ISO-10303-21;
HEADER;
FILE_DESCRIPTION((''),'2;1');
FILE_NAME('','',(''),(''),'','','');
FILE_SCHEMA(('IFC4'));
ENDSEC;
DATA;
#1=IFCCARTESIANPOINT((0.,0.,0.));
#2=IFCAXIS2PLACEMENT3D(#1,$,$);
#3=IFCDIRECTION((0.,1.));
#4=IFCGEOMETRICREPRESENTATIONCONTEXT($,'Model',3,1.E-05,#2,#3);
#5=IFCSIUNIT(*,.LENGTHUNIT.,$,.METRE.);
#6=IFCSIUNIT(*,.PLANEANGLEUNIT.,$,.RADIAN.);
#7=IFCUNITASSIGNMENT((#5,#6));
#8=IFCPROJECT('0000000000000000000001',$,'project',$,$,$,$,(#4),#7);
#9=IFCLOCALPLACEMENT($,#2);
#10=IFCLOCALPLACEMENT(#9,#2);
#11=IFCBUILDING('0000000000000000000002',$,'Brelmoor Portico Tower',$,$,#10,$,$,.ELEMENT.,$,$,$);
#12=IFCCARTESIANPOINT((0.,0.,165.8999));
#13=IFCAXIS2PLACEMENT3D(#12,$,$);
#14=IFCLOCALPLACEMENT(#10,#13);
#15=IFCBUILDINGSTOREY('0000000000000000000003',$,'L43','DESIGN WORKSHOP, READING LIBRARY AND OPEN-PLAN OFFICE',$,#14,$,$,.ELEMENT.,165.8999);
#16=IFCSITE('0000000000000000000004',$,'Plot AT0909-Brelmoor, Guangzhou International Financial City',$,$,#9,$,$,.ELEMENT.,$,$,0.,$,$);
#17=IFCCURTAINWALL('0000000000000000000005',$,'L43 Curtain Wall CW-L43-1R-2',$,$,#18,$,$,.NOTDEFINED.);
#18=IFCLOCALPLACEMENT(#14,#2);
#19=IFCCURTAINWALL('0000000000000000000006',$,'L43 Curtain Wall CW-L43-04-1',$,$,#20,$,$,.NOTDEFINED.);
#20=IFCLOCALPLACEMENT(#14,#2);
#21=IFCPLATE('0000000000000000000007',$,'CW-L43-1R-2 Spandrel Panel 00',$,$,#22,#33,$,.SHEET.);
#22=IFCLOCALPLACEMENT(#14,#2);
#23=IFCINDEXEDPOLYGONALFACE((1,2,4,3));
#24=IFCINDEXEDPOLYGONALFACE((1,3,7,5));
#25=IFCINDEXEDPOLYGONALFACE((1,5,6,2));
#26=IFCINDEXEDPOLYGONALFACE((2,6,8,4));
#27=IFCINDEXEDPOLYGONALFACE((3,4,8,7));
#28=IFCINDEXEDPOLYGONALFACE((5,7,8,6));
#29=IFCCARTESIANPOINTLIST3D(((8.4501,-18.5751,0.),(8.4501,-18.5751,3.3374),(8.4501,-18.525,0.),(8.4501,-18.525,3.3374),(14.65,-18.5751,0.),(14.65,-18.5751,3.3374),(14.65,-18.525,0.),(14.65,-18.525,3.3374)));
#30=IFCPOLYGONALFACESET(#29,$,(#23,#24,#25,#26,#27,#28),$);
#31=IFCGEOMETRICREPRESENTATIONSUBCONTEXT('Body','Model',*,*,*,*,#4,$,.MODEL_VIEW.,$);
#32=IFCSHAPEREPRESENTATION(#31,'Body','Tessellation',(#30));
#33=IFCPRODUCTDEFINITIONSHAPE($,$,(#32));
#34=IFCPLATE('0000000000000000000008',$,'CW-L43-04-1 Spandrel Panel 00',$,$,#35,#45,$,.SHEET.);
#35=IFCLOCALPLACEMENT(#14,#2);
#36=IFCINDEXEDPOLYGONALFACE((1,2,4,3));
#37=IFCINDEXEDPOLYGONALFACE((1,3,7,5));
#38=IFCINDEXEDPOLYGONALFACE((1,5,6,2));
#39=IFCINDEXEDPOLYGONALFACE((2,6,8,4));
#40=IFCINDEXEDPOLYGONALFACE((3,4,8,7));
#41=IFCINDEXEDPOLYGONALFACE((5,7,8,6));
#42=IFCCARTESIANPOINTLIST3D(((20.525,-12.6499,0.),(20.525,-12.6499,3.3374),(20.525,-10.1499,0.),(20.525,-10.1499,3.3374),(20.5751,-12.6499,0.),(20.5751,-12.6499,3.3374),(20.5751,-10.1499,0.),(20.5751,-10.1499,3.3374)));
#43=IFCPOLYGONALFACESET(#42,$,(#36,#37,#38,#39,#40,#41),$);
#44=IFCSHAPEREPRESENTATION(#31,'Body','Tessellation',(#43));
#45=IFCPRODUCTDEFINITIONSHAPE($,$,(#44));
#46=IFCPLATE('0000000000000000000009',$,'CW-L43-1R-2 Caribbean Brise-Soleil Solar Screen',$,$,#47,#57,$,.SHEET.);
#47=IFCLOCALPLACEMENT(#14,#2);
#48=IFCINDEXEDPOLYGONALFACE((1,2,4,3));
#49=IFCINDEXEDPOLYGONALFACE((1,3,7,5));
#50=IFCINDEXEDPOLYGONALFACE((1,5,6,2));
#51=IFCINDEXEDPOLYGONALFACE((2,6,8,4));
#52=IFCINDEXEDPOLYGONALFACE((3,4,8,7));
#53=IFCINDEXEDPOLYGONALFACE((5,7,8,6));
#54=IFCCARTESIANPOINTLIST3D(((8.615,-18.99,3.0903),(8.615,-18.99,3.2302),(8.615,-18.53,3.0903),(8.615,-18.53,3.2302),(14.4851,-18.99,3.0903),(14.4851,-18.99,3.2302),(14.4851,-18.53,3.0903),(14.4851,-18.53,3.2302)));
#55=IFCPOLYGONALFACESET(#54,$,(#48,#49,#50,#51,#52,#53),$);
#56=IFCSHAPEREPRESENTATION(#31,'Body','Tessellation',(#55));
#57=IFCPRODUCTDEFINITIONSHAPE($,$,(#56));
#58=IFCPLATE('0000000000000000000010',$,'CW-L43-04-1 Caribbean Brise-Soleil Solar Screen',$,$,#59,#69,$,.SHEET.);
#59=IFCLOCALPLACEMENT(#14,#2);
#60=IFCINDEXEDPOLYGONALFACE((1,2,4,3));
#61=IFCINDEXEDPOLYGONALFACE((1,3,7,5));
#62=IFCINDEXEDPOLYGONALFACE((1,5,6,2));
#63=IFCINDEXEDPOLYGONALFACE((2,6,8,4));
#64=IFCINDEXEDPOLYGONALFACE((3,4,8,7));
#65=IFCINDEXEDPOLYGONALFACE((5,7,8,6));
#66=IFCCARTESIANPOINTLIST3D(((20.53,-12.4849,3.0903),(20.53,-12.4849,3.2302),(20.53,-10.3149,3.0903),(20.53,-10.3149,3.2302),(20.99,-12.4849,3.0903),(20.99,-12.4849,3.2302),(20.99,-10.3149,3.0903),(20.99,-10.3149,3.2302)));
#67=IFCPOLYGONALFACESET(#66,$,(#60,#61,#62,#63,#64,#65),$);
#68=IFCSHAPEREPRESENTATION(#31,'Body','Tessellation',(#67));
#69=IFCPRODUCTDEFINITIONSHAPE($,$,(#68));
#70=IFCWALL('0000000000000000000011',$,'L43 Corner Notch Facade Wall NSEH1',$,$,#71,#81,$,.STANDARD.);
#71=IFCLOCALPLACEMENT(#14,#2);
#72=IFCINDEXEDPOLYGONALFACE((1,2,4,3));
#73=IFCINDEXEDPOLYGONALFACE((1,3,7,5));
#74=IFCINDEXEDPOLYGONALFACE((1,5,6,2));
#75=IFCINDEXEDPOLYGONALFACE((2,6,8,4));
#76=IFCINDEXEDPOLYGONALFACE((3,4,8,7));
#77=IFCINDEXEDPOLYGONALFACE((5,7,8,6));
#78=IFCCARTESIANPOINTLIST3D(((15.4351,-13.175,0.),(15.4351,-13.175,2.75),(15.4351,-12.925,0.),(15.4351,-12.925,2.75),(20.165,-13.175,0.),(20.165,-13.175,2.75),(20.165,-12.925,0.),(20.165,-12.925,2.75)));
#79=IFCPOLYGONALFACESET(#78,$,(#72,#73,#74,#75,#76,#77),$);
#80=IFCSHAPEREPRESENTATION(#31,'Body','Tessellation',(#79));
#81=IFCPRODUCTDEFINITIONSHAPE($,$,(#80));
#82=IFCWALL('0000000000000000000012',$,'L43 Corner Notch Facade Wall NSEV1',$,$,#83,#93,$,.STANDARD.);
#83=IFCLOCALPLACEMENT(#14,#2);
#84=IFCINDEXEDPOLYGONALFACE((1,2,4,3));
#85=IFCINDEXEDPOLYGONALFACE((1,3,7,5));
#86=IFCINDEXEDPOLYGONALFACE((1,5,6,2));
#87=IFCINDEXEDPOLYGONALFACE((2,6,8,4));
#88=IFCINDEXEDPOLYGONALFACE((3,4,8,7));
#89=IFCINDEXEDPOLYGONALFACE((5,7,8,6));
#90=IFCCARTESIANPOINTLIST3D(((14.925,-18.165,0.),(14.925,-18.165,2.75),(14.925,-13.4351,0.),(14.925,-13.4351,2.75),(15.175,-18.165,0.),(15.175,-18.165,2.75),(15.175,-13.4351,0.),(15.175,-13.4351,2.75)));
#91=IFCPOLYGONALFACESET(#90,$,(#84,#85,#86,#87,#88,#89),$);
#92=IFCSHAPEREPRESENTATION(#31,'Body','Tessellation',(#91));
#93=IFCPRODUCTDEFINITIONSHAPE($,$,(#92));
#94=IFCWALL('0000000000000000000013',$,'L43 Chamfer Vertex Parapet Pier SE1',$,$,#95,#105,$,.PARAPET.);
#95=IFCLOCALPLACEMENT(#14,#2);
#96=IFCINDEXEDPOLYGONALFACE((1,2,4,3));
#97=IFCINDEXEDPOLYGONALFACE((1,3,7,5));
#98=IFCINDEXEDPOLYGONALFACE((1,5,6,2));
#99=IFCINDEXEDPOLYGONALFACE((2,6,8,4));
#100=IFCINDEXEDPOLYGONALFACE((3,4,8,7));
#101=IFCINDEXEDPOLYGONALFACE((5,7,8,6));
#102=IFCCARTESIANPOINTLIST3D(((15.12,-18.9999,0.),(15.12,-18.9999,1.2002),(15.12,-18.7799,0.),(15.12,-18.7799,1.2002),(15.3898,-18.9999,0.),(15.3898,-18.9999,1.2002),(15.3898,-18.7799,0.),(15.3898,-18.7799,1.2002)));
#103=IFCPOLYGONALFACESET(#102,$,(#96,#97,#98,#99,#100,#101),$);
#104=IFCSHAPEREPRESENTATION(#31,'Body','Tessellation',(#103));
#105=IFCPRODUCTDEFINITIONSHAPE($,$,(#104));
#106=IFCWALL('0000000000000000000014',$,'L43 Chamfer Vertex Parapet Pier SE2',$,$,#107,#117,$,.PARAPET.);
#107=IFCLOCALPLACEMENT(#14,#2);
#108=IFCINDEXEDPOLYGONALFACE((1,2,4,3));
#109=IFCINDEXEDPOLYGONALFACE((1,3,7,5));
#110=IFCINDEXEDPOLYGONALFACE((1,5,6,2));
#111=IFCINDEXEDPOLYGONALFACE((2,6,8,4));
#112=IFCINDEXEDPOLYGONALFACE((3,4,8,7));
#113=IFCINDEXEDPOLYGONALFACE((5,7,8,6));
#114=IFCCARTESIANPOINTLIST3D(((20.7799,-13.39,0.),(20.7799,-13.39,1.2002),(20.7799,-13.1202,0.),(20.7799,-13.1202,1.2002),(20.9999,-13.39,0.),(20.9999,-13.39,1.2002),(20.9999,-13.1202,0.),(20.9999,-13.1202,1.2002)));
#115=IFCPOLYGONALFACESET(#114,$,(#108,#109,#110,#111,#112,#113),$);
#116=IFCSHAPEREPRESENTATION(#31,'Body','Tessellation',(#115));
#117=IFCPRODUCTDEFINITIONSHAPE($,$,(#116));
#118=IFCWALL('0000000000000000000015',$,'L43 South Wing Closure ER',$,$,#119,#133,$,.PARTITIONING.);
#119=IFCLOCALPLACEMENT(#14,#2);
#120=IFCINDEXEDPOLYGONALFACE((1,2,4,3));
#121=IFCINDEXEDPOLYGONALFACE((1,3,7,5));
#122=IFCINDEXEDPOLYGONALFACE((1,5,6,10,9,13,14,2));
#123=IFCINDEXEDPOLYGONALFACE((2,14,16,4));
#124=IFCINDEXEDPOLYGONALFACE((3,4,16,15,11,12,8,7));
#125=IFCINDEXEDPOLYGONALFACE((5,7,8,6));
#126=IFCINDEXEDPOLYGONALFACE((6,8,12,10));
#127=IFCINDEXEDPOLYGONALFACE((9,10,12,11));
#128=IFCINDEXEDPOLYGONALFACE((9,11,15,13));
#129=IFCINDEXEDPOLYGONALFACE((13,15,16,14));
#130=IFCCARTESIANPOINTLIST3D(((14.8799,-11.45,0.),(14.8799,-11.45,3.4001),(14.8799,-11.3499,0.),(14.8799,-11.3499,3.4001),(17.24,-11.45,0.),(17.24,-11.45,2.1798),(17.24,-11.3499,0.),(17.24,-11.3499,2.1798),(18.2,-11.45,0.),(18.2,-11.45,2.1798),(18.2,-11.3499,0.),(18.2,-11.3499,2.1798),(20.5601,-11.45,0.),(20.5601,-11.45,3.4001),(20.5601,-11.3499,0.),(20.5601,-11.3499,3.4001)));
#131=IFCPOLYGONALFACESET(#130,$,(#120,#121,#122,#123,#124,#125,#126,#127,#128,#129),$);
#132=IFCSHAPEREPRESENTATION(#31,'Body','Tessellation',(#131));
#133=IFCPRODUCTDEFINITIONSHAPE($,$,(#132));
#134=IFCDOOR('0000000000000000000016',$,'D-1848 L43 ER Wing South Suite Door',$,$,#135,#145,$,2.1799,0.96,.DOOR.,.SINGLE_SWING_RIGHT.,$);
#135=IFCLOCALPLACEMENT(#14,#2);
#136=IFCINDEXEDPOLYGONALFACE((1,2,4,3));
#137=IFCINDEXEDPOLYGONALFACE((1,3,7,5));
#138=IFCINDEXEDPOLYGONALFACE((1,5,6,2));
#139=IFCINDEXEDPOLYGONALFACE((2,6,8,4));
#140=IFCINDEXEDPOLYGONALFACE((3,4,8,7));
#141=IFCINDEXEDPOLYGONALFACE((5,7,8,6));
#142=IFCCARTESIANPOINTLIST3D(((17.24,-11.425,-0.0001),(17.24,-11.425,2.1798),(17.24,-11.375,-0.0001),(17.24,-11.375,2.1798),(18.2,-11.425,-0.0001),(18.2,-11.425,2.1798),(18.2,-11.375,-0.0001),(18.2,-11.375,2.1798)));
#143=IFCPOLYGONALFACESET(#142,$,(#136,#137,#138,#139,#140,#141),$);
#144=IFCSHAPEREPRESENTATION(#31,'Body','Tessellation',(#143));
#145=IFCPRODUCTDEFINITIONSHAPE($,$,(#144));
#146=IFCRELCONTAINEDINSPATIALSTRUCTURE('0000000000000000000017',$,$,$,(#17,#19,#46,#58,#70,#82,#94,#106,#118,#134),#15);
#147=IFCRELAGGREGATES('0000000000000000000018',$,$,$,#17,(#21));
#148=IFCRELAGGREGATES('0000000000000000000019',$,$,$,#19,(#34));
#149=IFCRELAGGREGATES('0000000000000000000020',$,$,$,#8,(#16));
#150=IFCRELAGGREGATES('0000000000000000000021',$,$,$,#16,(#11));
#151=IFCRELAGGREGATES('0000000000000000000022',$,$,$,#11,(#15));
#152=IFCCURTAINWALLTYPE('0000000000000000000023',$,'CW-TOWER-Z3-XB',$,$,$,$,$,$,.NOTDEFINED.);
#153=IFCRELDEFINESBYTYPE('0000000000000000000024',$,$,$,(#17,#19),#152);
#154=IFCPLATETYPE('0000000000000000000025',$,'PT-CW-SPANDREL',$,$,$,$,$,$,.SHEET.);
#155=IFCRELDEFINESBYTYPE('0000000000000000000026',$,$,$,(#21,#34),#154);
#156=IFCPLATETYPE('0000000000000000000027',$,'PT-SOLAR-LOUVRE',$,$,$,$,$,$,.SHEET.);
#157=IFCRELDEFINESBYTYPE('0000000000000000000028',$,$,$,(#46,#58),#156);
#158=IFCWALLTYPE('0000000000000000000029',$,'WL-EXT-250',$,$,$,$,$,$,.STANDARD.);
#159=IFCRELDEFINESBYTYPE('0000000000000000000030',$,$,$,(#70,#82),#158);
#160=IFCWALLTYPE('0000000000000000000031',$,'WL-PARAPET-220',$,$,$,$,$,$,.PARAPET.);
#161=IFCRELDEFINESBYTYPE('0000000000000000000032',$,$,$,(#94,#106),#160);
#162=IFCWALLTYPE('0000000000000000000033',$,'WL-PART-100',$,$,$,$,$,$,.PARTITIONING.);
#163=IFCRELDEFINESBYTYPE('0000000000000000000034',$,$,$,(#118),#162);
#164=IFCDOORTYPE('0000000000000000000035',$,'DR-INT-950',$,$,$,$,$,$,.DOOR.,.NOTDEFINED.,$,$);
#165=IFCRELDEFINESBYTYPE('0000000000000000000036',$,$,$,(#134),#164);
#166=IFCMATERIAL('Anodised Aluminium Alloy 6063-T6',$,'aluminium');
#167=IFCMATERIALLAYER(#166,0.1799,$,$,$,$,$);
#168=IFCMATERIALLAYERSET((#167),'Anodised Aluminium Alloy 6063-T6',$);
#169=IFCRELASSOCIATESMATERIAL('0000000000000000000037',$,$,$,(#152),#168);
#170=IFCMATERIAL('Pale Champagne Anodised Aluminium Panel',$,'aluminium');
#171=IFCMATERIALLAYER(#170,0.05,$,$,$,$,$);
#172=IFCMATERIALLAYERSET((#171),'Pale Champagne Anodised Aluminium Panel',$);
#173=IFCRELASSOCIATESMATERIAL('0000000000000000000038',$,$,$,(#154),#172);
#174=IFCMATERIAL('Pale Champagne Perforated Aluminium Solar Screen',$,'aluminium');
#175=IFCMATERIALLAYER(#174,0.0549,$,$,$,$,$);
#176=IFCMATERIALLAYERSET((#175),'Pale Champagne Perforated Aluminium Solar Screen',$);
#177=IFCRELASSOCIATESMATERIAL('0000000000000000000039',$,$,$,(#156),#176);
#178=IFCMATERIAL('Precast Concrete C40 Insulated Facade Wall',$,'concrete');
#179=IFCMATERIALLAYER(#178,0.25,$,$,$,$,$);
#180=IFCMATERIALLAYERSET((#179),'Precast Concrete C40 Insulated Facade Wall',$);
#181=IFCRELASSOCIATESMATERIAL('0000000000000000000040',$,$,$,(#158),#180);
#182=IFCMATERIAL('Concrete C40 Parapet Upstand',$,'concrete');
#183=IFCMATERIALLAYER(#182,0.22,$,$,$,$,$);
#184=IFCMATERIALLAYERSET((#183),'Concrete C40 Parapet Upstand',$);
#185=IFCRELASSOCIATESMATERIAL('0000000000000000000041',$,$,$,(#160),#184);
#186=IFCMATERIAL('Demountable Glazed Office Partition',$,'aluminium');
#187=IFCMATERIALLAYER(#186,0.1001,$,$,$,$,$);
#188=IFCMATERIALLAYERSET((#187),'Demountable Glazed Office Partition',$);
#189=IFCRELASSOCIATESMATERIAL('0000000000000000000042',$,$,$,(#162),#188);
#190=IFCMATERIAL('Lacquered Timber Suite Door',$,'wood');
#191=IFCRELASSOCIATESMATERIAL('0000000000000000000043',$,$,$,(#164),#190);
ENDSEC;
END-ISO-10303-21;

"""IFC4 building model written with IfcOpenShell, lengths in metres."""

from ifc_helpers import new_model, si_unit, direction, frame, frame_2d, origin, origin_2d, place, context, subcontext, project, spatial, rectangle, extrude, material, layer, layer_set, type_object, element, fill, aggregate, save


model = new_model("IFC4")

# Units and contexts
model_context = context("Model", 3, precision=1e-05, world=origin(), true_north=direction((0.0, 1.0)))
body_context = subcontext(model_context, "Body", "Model", "MODEL_VIEW")
ifc_project = project(units=[si_unit("LENGTHUNIT", "METRE"), si_unit("PLANEANGLEUNIT", "RADIAN")], contexts=[model_context])

# Site, building, storey
site_placement = place(None, origin())
site = spatial("IfcSite", under=ifc_project, at=site_placement, Name="Plot AT0909-Brelmoor, Guangzhou International Financial City", CompositionType="ELEMENT", RefElevation=0.0)
building_placement = place(site_placement, origin())
building = spatial("IfcBuilding", under=site, at=building_placement, Name="Brelmoor Portico Tower", CompositionType="ELEMENT")
storey_placement = place(building_placement, frame((0.0, 0.0, 165.8999)))
storey = spatial("IfcBuildingStorey", under=building, at=storey_placement, Name="L43", Description="DESIGN WORKSHOP, READING LIBRARY AND OPEN-PLAN OFFICE", CompositionType="ELEMENT", Elevation=165.8999)

# Curtain wall
ifc_material_1 = material(Name="Anodised Aluminium Alloy 6063-T6", Category="aluminium")
ifc_layer_1 = layer(ifc_material_1, 0.1799)
ifc_layer_set_1 = layer_set([ifc_layer_1], Name="Anodised Aluminium Alloy 6063-T6")
curtain_wall_type = type_object("IfcCurtainWallType", Name="CW-TOWER-Z3-XB", PredefinedType="NOTDEFINED", material=ifc_layer_set_1)
curtain_wall_1_placement = place(storey_placement, origin())
curtain_wall_1 = element("IfcCurtainWall", 1, at=curtain_wall_1_placement, inside=storey, type_object=curtain_wall_type, Name="L43 Curtain Wall CW-L43-1R-2", PredefinedType="NOTDEFINED")

# Curtain wall
curtain_wall_2_placement = place(storey_placement, origin())
curtain_wall_2 = element("IfcCurtainWall", 2, at=curtain_wall_2_placement, inside=storey, type_object=curtain_wall_type, Name="L43 Curtain Wall CW-L43-04-1", PredefinedType="NOTDEFINED")

# Plates
ifc_material_2 = material(Name="Pale Champagne Anodised Aluminium Panel", Category="aluminium")
ifc_layer_2 = layer(ifc_material_2, 0.05)
ifc_layer_set_2 = layer_set([ifc_layer_2], Name="Pale Champagne Anodised Aluminium Panel")
plate_type_1 = type_object("IfcPlateType", Name="PT-CW-SPANDREL", PredefinedType="SHEET", material=ifc_layer_set_2)
plate_1_placement = place(storey_placement, frame((11.55, -18.55, 0.0), z_axis=(0.0, 0.0, 1.0), x_axis=(1.0, 0.0, 0.0)))
plate_1 = element("IfcPlate", 3, at=plate_1_placement, type_object=plate_type_1, Name="CW-L43-1R-2 Spandrel Panel 00", PredefinedType="SHEET", context=body_context, shape_type="SweptSolid", body=[
    extrude(rectangle(XDim=6.2, YDim=0.05, at=origin_2d()), origin(), (0.0, 0.0, 1.0), 3.3374),
])
aggregate(curtain_wall_1, [plate_1])
plate_2_placement = place(storey_placement, frame((20.55, -11.3999, 0.0), z_axis=(0.0, 0.0, 1.0), x_axis=(0.0, 1.0, 0.0)))
plate_2 = element("IfcPlate", 4, at=plate_2_placement, type_object=plate_type_1, Name="CW-L43-04-1 Spandrel Panel 00", PredefinedType="SHEET", context=body_context, shape_type="SweptSolid", body=[
    extrude(rectangle(XDim=2.5, YDim=0.05, at=origin_2d()), origin(), (0.0, 0.0, 1.0), 3.3374),
])
aggregate(curtain_wall_2, [plate_2])

# Plates
ifc_material_3 = material(Name="Pale Champagne Perforated Aluminium Solar Screen", Category="aluminium")
ifc_layer_3 = layer(ifc_material_3, 0.0549)
ifc_layer_set_3 = layer_set([ifc_layer_3], Name="Pale Champagne Perforated Aluminium Solar Screen")
plate_type_2 = type_object("IfcPlateType", Name="PT-SOLAR-LOUVRE", PredefinedType="SHEET", material=ifc_layer_set_3)
plate_3_placement = place(storey_placement, frame((11.55, -18.76, 3.0903), z_axis=(0.0, 0.0, 1.0), x_axis=(1.0, 0.0, 0.0)))
element("IfcPlate", 5, at=plate_3_placement, inside=storey, type_object=plate_type_2, Name="CW-L43-1R-2 Caribbean Brise-Soleil Solar Screen", PredefinedType="SHEET", context=body_context, shape_type="SweptSolid", body=[
    extrude(rectangle(XDim=5.8701, YDim=0.46, at=origin_2d()), origin(), (0.0, 0.0, 1.0), 0.1399),
])
plate_4_placement = place(storey_placement, frame((20.76, -11.3999, 3.0903), z_axis=(0.0, 0.0, 1.0), x_axis=(0.0, 1.0, 0.0)))
element("IfcPlate", 6, at=plate_4_placement, inside=storey, type_object=plate_type_2, Name="CW-L43-04-1 Caribbean Brise-Soleil Solar Screen", PredefinedType="SHEET", context=body_context, shape_type="SweptSolid", body=[
    extrude(rectangle(XDim=2.1699, YDim=0.46, at=origin_2d()), origin(), (0.0, 0.0, 1.0), 0.1399),
])

# Walls
ifc_material_4 = material(Name="Precast Concrete C40 Insulated Facade Wall", Category="concrete")
ifc_layer_4 = layer(ifc_material_4, 0.25)
ifc_layer_set_4 = layer_set([ifc_layer_4], Name="Precast Concrete C40 Insulated Facade Wall")
wall_type_1 = type_object("IfcWallType", Name="WL-EXT-250", PredefinedType="STANDARD", material=ifc_layer_set_4)
for number, where, z_axis, x_axis, name in (
    (7, (15.4351, -13.05, 0.0), (0.0, 0.0, 1.0), (1.0, 0.0, 0.0), "L43 Corner Notch Facade Wall NSEH1"),
    (8, (15.05, -18.165, 0.0), (0.0, 0.0, 1.0), (0.0, 1.0, 0.0), "L43 Corner Notch Facade Wall NSEV1"),
):
    element("IfcWall", number, at=place(storey_placement, frame(where, z_axis=z_axis, x_axis=x_axis)), inside=storey, type_object=wall_type_1, Name=name, PredefinedType="STANDARD", context=body_context, shape_type="SweptSolid", body=[
        extrude(rectangle(XDim=4.73, YDim=0.25, at=frame_2d((2.365, 0.0))), origin(), (0.0, 0.0, 1.0), 2.75),
    ])
ifc_material_5 = material(Name="Concrete C40 Parapet Upstand", Category="concrete")
ifc_layer_5 = layer(ifc_material_5, 0.22)
ifc_layer_set_5 = layer_set([ifc_layer_5], Name="Concrete C40 Parapet Upstand")
wall_type_2 = type_object("IfcWallType", Name="WL-PARAPET-220", PredefinedType="PARAPET", material=ifc_layer_set_5)
for number, where, z_axis, x_axis, name in (
    (9, (15.1201, -18.8899, 0.0), (0.0, 0.0, 1.0), (1.0, 0.0, 0.0), "L43 Chamfer Vertex Parapet Pier SE1"),
    (10, (20.8899, -13.3899, 0.0), (0.0, 0.0, 1.0), (0.0, 1.0, 0.0), "L43 Chamfer Vertex Parapet Pier SE2"),
):
    element("IfcWall", number, at=place(storey_placement, frame(where, z_axis=z_axis, x_axis=x_axis)), inside=storey, type_object=wall_type_2, Name=name, PredefinedType="PARAPET", context=body_context, shape_type="SweptSolid", body=[
        extrude(rectangle(XDim=0.2698, YDim=0.22, at=frame_2d((0.1348, 0.0))), origin(), (0.0, 0.0, 1.0), 1.2002),
    ])

# Wall, opening, door
ifc_material_6 = material(Name="Demountable Glazed Office Partition", Category="aluminium")
ifc_layer_6 = layer(ifc_material_6, 0.1001)
ifc_layer_set_6 = layer_set([ifc_layer_6], Name="Demountable Glazed Office Partition")
wall_type_3 = type_object("IfcWallType", Name="WL-PART-100", PredefinedType="PARTITIONING", material=ifc_layer_set_6)
wall_placement = place(storey_placement, frame((14.8799, -11.3999, 0.0), z_axis=(0.0, 0.0, 1.0), x_axis=(1.0, 0.0, 0.0)))
wall = element("IfcWall", 11, at=wall_placement, inside=storey, type_object=wall_type_3, Name="L43 South Wing Closure ER", PredefinedType="PARTITIONING", context=body_context, shape_type="SweptSolid", body=[
    extrude(rectangle(XDim=5.6802, YDim=0.1001, at=frame_2d((2.8401, 0.0))), origin(), (0.0, 0.0, 1.0), 3.4001),
])
opening_placement = place(wall_placement, frame((2.3601, 0.0, 0.0)))
opening = element("IfcOpeningElement", 12, at=opening_placement, cuts=wall, PredefinedType="OPENING", context=body_context, shape_type="SweptSolid", body=[
    extrude(rectangle(XDim=0.96, YDim=2.1799, at=frame_2d((0.48, 1.0898))), frame((0.0, 0.0601, 0.0), z_axis=(0.0, -1.0, 0.0), x_axis=(1.0, 0.0, 0.0)), (0.0, 0.0, 1.0), 0.1201),
])
ifc_material_7 = material(Name="Lacquered Timber Suite Door", Category="wood")
door_type = type_object("IfcDoorType", Name="DR-INT-950", OperationType="NOTDEFINED", PredefinedType="DOOR", material=ifc_material_7)
door_placement = place(opening_placement, origin())
door = element("IfcDoor", 13, at=door_placement, inside=storey, type_object=door_type, Name="D-1848 L43 ER Wing South Suite Door", OperationType="SINGLE_SWING_RIGHT", OverallHeight=2.1799, OverallWidth=0.96, PredefinedType="DOOR", context=body_context, shape_type="SweptSolid", body=[
    extrude(rectangle(XDim=0.96, YDim=2.1799, at=frame_2d((0.48, 1.0898))), frame((0.0, 0.0249, 0.0), z_axis=(0.0, -1.0, 0.0), x_axis=(1.0, 0.0, 0.0)), (0.0, 0.0, 1.0), 0.05),
])
fill(opening, door)

save(model, "model.ifc")
